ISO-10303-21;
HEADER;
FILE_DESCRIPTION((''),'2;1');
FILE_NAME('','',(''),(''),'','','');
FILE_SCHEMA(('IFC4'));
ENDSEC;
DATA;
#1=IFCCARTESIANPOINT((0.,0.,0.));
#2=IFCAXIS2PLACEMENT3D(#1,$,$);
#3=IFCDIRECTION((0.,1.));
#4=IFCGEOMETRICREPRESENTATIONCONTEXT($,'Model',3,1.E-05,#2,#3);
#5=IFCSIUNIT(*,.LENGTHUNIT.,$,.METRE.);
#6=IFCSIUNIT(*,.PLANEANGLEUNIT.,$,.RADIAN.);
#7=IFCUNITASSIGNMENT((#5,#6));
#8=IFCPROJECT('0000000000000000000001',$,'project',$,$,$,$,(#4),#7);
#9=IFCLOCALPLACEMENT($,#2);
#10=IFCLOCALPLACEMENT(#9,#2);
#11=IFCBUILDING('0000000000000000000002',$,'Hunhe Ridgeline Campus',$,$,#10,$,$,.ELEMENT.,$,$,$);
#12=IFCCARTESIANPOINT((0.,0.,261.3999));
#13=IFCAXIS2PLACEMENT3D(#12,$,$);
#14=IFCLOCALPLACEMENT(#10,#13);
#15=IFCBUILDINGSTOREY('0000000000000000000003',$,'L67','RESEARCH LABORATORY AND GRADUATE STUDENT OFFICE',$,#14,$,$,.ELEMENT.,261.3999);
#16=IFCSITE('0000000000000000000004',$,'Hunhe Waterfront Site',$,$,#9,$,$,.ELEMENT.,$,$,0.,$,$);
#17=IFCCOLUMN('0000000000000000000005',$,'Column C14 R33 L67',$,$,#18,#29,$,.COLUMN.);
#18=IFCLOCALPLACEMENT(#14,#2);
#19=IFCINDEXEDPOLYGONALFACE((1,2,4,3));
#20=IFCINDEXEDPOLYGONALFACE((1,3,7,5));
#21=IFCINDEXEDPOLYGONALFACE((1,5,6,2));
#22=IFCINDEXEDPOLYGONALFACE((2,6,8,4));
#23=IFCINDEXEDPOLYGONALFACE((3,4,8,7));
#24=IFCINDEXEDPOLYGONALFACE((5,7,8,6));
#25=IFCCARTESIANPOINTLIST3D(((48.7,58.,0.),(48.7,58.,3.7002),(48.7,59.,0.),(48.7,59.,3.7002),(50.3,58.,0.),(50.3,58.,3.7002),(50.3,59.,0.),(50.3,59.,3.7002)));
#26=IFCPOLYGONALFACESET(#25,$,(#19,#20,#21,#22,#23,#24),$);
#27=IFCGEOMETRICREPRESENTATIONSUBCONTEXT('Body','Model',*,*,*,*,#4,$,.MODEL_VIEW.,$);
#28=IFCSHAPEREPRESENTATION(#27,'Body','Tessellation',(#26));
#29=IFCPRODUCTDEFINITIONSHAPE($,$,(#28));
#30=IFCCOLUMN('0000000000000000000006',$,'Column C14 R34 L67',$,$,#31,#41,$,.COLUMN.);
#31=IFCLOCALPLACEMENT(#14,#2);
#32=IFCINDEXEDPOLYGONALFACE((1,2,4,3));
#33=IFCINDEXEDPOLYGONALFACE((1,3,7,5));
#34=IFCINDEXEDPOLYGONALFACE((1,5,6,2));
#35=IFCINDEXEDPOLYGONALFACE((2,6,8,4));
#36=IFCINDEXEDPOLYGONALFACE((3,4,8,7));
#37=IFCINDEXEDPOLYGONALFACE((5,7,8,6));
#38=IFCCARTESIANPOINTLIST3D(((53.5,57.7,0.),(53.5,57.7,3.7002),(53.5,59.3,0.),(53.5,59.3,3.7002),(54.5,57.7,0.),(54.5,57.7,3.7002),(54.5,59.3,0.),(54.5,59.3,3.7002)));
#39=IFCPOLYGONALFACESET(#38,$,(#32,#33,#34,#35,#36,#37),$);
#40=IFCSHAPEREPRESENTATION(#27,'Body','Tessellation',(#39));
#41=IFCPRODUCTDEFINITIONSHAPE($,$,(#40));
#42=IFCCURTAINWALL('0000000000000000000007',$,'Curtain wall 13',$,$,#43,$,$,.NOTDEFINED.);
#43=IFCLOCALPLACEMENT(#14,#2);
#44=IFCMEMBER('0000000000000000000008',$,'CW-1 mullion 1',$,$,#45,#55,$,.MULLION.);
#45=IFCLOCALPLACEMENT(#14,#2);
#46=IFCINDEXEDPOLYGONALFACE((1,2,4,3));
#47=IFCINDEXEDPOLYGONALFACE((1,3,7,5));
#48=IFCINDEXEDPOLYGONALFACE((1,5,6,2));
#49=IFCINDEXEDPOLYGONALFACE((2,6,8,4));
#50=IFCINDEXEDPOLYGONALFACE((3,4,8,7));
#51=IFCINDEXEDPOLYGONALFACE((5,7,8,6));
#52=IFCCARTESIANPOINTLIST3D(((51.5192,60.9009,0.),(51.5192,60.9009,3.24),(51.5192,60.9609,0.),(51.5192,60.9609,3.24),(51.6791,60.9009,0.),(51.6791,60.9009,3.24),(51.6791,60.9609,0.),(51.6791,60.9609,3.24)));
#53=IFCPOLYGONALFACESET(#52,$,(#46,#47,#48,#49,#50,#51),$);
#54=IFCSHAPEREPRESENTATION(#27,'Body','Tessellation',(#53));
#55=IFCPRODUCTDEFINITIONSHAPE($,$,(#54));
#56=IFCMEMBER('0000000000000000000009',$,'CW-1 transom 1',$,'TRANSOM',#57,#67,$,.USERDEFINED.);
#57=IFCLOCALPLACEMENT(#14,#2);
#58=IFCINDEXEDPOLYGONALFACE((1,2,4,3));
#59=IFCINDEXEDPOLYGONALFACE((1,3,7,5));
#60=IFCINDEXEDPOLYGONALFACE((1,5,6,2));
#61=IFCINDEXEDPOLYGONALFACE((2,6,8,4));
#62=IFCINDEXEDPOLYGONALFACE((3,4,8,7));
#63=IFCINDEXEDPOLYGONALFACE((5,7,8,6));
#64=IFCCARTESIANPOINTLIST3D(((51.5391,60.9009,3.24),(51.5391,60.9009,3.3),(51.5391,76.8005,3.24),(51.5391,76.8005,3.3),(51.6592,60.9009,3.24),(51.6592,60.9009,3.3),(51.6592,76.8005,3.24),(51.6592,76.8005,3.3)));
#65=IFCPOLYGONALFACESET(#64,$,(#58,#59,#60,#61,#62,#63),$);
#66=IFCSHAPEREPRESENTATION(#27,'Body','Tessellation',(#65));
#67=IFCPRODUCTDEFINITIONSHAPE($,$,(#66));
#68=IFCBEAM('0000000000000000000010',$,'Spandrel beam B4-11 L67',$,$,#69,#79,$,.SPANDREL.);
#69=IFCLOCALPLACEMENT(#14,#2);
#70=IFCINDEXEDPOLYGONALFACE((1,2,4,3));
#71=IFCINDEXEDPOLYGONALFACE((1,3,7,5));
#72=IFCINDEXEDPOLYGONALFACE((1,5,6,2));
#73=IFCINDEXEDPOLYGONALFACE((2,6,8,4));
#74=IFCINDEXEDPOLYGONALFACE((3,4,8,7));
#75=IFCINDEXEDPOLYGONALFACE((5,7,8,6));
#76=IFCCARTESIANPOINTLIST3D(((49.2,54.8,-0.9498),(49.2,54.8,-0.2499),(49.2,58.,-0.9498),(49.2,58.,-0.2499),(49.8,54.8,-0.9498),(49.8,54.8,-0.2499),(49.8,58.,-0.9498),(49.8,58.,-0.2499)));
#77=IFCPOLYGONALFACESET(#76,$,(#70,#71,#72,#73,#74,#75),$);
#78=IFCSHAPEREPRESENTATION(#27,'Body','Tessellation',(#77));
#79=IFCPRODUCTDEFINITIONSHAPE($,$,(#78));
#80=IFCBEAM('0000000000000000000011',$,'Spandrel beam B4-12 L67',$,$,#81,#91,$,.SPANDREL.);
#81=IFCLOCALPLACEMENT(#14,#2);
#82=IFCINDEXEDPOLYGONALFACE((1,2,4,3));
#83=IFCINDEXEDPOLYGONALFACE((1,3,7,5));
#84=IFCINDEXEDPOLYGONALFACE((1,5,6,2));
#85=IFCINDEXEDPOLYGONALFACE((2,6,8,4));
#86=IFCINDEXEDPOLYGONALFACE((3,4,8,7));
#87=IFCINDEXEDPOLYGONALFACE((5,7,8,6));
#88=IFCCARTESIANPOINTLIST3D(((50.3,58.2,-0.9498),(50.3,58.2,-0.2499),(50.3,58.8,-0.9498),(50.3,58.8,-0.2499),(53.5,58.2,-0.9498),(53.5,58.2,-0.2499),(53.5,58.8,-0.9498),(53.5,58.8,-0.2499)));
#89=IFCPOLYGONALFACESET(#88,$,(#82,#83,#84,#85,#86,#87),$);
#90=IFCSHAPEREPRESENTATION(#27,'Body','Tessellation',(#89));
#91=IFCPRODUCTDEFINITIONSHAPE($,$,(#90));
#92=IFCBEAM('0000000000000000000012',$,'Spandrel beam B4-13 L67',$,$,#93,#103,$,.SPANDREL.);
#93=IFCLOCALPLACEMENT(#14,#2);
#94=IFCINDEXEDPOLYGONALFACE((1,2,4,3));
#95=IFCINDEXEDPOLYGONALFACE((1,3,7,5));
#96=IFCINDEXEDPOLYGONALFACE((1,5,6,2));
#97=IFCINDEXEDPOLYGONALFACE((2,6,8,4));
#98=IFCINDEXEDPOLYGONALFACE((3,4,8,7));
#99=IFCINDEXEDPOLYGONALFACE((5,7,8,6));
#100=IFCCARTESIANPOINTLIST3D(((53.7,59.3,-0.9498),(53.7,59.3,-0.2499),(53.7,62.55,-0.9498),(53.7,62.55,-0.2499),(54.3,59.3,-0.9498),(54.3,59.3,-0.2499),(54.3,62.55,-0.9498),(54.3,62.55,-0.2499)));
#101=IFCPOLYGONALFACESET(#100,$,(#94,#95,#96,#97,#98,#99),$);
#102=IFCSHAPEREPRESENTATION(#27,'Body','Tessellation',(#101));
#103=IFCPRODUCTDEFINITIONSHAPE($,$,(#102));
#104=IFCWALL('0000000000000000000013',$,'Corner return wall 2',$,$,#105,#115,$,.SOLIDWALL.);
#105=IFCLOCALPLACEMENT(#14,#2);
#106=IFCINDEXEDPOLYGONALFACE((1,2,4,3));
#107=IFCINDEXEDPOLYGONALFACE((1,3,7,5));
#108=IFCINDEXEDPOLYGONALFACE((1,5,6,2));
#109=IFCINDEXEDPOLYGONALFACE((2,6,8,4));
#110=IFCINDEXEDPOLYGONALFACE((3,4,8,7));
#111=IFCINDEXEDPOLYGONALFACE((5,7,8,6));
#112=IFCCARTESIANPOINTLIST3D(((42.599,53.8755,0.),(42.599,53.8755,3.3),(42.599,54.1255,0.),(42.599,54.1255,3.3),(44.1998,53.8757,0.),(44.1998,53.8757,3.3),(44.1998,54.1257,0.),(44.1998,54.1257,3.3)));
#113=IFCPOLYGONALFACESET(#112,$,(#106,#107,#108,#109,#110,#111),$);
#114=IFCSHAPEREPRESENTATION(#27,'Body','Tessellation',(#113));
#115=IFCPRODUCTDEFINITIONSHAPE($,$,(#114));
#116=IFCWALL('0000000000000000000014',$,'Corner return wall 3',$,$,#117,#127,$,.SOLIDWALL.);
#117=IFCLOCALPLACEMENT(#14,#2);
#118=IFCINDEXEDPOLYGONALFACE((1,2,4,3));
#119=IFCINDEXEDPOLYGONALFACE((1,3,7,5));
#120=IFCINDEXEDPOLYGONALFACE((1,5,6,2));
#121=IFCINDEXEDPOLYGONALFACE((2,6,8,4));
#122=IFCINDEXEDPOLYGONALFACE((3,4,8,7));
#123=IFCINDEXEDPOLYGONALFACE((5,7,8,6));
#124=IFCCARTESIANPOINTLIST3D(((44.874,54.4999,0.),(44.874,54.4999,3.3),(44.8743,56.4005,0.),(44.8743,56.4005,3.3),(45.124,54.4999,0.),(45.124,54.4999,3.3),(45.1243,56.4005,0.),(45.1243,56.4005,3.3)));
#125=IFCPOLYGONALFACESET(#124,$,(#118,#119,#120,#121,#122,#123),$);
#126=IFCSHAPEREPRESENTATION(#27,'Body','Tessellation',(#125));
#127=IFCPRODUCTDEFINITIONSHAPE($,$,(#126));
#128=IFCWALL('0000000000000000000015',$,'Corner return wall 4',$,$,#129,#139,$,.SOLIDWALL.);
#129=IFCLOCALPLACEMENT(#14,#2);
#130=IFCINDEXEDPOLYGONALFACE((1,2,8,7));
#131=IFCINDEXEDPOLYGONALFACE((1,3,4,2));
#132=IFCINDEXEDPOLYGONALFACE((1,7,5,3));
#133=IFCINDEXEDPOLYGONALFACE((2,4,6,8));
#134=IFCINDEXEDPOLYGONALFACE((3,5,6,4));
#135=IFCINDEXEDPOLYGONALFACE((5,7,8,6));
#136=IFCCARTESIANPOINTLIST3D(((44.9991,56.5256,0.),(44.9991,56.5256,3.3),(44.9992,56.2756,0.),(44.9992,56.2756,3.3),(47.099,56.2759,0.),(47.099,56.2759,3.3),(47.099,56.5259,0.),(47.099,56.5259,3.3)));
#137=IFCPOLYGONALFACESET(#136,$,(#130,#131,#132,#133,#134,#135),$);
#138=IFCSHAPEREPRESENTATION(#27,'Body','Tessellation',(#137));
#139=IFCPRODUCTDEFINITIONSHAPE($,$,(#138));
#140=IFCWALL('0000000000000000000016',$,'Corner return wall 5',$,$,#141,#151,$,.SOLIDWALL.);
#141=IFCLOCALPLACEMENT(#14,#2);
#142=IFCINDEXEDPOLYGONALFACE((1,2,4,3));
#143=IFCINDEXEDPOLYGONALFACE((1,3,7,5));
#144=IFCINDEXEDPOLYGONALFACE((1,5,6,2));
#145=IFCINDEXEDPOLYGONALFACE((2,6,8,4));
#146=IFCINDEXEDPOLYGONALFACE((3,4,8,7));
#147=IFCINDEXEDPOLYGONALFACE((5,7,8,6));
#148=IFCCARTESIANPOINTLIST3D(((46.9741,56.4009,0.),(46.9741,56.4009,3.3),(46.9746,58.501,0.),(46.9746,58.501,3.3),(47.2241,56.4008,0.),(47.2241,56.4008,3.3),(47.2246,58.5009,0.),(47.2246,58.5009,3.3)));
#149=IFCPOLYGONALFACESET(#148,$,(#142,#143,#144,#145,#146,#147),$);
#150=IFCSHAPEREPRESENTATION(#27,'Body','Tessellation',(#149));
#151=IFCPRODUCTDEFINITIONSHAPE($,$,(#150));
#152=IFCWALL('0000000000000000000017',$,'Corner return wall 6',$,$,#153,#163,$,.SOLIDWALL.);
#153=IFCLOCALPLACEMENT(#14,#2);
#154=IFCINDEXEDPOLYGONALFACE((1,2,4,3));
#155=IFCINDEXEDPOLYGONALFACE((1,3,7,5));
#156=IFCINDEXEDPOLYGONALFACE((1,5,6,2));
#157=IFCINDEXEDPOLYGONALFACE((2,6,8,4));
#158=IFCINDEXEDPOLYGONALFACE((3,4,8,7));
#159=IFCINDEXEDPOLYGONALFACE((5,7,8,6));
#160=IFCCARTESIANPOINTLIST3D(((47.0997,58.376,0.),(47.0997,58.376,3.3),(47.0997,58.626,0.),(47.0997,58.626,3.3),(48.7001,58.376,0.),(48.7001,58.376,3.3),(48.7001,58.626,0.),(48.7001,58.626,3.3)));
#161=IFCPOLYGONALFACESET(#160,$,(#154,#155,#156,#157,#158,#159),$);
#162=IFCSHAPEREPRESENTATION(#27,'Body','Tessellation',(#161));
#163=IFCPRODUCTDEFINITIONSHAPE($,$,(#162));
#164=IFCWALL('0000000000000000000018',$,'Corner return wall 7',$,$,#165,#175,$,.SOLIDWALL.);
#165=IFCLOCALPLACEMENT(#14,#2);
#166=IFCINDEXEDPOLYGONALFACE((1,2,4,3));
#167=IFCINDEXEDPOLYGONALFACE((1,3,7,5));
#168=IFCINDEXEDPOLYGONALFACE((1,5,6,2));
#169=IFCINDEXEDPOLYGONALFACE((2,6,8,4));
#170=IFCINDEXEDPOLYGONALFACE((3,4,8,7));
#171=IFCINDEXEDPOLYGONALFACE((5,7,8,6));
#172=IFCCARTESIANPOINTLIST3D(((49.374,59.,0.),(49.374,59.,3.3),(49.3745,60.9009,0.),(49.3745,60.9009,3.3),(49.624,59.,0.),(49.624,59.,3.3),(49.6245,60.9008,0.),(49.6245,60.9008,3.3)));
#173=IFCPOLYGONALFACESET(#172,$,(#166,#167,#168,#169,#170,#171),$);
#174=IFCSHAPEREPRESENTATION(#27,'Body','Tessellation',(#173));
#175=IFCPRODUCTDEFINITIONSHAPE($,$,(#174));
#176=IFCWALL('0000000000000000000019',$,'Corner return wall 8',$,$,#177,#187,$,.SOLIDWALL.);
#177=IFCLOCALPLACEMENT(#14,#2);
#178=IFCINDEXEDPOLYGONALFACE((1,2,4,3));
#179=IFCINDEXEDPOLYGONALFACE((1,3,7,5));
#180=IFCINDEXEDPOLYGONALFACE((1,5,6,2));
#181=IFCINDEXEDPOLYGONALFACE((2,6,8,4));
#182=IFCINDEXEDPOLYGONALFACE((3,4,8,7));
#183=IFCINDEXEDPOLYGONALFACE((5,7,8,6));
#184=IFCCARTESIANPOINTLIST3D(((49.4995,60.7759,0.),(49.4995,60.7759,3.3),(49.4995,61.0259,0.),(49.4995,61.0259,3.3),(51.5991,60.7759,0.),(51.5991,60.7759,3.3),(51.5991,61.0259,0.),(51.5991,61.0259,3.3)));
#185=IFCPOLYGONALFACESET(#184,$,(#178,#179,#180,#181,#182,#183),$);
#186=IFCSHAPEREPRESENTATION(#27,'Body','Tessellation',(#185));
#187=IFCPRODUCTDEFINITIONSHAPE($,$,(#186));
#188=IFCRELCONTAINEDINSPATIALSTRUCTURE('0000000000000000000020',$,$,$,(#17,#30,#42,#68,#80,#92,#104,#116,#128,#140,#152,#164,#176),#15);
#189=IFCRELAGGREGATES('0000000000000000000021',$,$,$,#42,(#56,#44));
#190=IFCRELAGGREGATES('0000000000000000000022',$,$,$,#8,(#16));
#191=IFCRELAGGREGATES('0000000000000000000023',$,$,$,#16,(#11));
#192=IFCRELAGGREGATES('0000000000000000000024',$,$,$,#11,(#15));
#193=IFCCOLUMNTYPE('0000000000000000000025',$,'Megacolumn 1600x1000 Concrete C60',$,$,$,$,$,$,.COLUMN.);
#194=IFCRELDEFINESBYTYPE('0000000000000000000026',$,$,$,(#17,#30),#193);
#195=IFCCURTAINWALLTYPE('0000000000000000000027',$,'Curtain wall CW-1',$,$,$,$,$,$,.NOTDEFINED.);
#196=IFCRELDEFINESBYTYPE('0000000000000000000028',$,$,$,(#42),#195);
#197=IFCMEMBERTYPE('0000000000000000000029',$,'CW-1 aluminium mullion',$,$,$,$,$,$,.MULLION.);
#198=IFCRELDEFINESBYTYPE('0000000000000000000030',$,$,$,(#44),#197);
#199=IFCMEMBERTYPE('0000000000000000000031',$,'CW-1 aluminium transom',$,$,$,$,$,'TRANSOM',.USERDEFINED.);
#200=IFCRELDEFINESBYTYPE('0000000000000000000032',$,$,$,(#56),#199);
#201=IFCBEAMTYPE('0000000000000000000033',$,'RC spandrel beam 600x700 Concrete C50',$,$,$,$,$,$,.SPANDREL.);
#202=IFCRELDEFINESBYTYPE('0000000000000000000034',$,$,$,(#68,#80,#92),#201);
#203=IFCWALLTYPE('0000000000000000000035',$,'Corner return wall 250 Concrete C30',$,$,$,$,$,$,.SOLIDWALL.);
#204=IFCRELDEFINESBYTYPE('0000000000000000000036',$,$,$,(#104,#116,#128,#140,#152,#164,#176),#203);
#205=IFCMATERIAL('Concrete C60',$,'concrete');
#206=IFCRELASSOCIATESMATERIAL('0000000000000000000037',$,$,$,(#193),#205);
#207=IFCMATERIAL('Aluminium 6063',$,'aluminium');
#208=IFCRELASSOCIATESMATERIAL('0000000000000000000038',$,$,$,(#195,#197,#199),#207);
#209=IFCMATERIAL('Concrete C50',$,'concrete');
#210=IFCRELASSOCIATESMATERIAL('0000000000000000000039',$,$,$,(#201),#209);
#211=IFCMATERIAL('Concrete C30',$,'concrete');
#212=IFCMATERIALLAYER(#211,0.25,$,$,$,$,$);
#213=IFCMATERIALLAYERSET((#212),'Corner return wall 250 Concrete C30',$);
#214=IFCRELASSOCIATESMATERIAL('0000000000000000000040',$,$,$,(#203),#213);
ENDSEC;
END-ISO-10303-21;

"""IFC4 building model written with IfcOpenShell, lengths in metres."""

from ifc_helpers import new_model, si_unit, direction, frame, frame_2d, origin, origin_2d, place, context, subcontext, project, spatial, rectangle, extrude, material, layer, layer_set, material_profile, profile_set, type_object, element, aggregate, save


model = new_model("IFC4")

# Units and contexts
model_context = context("Model", 3, precision=1e-05, world=origin(), true_north=direction((0.0, 1.0)))
body_context = subcontext(model_context, "Body", "Model", "MODEL_VIEW")
ifc_project = project(units=[si_unit("LENGTHUNIT", "METRE"), si_unit("PLANEANGLEUNIT", "RADIAN")], contexts=[model_context])

# Site, building, storey
site_placement = place(None, origin())
site = spatial("IfcSite", under=ifc_project, at=site_placement, Name="Hunhe Waterfront Site", CompositionType="ELEMENT", RefElevation=0.0)
building_placement = place(site_placement, origin())
building = spatial("IfcBuilding", under=site, at=building_placement, Name="Hunhe Ridgeline Campus", CompositionType="ELEMENT")
storey_placement = place(building_placement, frame((0.0, 0.0, 261.3999)))
storey = spatial("IfcBuildingStorey", under=building, at=storey_placement, Name="L67", Description="RESEARCH LABORATORY AND GRADUATE STUDENT OFFICE", CompositionType="ELEMENT", Elevation=261.3999)

# Columns
ifc_material_1 = material(Name="Concrete C60", Category="concrete")
ifc_material_profile_1 = material_profile(ifc_material_1, rectangle(XDim=1.6001, YDim=1.0, at=origin_2d()))
ifc_profile_set_1 = profile_set([ifc_material_profile_1], Name="Concrete C60")
column_type = type_object("IfcColumnType", Name="Megacolumn 1600x1000 Concrete C60", PredefinedType="COLUMN", material=ifc_profile_set_1)
for number, where, z_axis, x_axis, name in (
    (1, (49.5, 58.5, 0.0), (0.0, 0.0, 1.0), (1.0, 0.0, 0.0), "Column C14 R33 L67"),
    (2, (54.0, 58.5, 0.0), (0.0, 0.0, 1.0), (0.0, 1.0, 0.0), "Column C14 R34 L67"),
):
    element("IfcColumn", number, at=place(storey_placement, frame(where, z_axis=z_axis, x_axis=x_axis)), inside=storey, type_object=column_type, Name=name, PredefinedType="COLUMN", context=body_context, shape_type="SweptSolid", body=[
        extrude(rectangle(XDim=1.6001, YDim=1.0, at=origin_2d()), origin(), (0.0, 0.0, 1.0), 3.7002),
    ])

# Curtain wall, members
ifc_material_2 = material(Name="Aluminium 6063", Category="aluminium")
curtain_wall_type = type_object("IfcCurtainWallType", Name="Curtain wall CW-1", PredefinedType="NOTDEFINED", material=ifc_material_2)
curtain_wall_placement = place(storey_placement, origin())
curtain_wall = element("IfcCurtainWall", 3, at=curtain_wall_placement, inside=storey, type_object=curtain_wall_type, Name="Curtain wall 13", PredefinedType="NOTDEFINED")
ifc_material_profile_2 = material_profile(ifc_material_2, rectangle(XDim=0.1599, YDim=0.0601, at=origin_2d()))
ifc_profile_set_2 = profile_set([ifc_material_profile_2], Name="Aluminium 6063")
member_type_1 = type_object("IfcMemberType", Name="CW-1 aluminium mullion", PredefinedType="MULLION", material=ifc_profile_set_2)
member_1_placement = place(storey_placement, frame((51.5991, 60.9309, 0.0), z_axis=(0.0, 0.0, 1.0), x_axis=(-1.0, 0.0, 0.0)))
member_1 = element("IfcMember", 4, at=member_1_placement, type_object=member_type_1, Name="CW-1 mullion 1", PredefinedType="MULLION", context=body_context, shape_type="SweptSolid", body=[
    extrude(rectangle(XDim=0.1599, YDim=0.0601, at=origin_2d()), origin(), (0.0, 0.0, 1.0), 3.24),
])
ifc_material_profile_3 = material_profile(ifc_material_2, rectangle(XDim=0.1201, YDim=0.0601, at=origin_2d()))
ifc_profile_set_3 = profile_set([ifc_material_profile_3], Name="Aluminium 6063")
member_type_2 = type_object("IfcMemberType", Name="CW-1 aluminium transom", ElementType="TRANSOM", PredefinedType="USERDEFINED", material=ifc_profile_set_3)
member_2_placement = place(storey_placement, frame((51.5991, 60.9009, 3.27), z_axis=(0.0, 1.0, 0.0), x_axis=(-1.0, 0.0, 0.0)))
member_2 = element("IfcMember", 5, at=member_2_placement, type_object=member_type_2, Name="CW-1 transom 1", ObjectType="TRANSOM", PredefinedType="USERDEFINED", context=body_context, shape_type="SweptSolid", body=[
    extrude(rectangle(XDim=0.1201, YDim=0.0601, at=origin_2d()), origin(), (0.0, 0.0, 1.0), 15.8997),
])
aggregate(curtain_wall, [member_2, member_1])

# Beams
ifc_material_3 = material(Name="Concrete C50", Category="concrete")
ifc_material_profile_4 = material_profile(ifc_material_3, rectangle(XDim=0.6001, YDim=0.7, at=origin_2d()))
ifc_profile_set_4 = profile_set([ifc_material_profile_4], Name="Concrete C50")
beam_type = type_object("IfcBeamType", Name="RC spandrel beam 600x700 Concrete C50", PredefinedType="SPANDREL", material=ifc_profile_set_4)
for number, where, z_axis, x_axis, name in (
    (6, (49.5, 54.8, -0.5999), (0.0, 1.0, 0.0), (-1.0, 0.0, 0.0), "Spandrel beam B4-11 L67"),
    (7, (50.3, 58.5, -0.5999), (1.0, 0.0, 0.0), (0.0, 1.0, 0.0), "Spandrel beam B4-12 L67"),
):
    element("IfcBeam", number, at=place(storey_placement, frame(where, z_axis=z_axis, x_axis=x_axis)), inside=storey, type_object=beam_type, Name=name, PredefinedType="SPANDREL", context=body_context, shape_type="SweptSolid", body=[
        extrude(rectangle(XDim=0.6001, YDim=0.7, at=origin_2d()), origin(), (0.0, 0.0, 1.0), 3.2),
    ])
beam_placement = place(storey_placement, frame((54.0, 59.3, -0.5999), z_axis=(0.0, 1.0, 0.0), x_axis=(-1.0, 0.0, 0.0)))
element("IfcBeam", 8, at=beam_placement, inside=storey, type_object=beam_type, Name="Spandrel beam B4-13 L67", PredefinedType="SPANDREL", context=body_context, shape_type="SweptSolid", body=[
    extrude(rectangle(XDim=0.6001, YDim=0.7, at=origin_2d()), origin(), (0.0, 0.0, 1.0), 3.25),
])

# Walls
ifc_material_4 = material(Name="Concrete C30", Category="concrete")
ifc_layer_1 = layer(ifc_material_4, 0.25)
ifc_layer_set_1 = layer_set([ifc_layer_1], Name="Corner return wall 250 Concrete C30")
wall_type_1 = type_object("IfcWallType", Name="Corner return wall 250 Concrete C30", PredefinedType="SOLIDWALL", material=ifc_layer_set_1)
wall_1_placement = place(storey_placement, frame((42.5991, 54.0005, 0.0), z_axis=(0.0, 0.0, 1.0), x_axis=(1.0, 0.000153, 0.0)))
element("IfcWall", 9, at=wall_1_placement, inside=storey, type_object=wall_type_1, Name="Corner return wall 2", PredefinedType="SOLIDWALL", context=body_context, shape_type="SweptSolid", body=[
    extrude(rectangle(XDim=1.6008, YDim=0.25, at=frame_2d((0.8003, 0.0))), origin(), (0.0, 0.0, 1.0), 3.3),
])
wall_2_placement = place(storey_placement, frame((44.999, 54.5, 0.0), z_axis=(0.0, 0.0, 1.0), x_axis=(0.000128, 1.0, 0.0)))
element("IfcWall", 10, at=wall_2_placement, inside=storey, type_object=wall_type_1, Name="Corner return wall 3", PredefinedType="SOLIDWALL", context=body_context, shape_type="SweptSolid", body=[
    extrude(rectangle(XDim=1.9006, YDim=0.25, at=frame_2d((0.9502, 0.0))), origin(), (0.0, 0.0, 1.0), 3.3),
])
wall_3_placement = place(storey_placement, frame((44.9993, 56.4006, 0.0), z_axis=(0.0, 0.0, 1.0), x_axis=(1.0, 0.000116, 0.0)))
element("IfcWall", 11, at=wall_3_placement, inside=storey, type_object=wall_type_1, Name="Corner return wall 4", PredefinedType="SOLIDWALL", context=body_context, shape_type="SweptSolid", body=[
    extrude(rectangle(XDim=2.0999, YDim=0.25, at=frame_2d((1.0498, 0.0))), origin(), (0.0, 0.0, 1.0), 3.3),
])
wall_4_placement = place(storey_placement, frame((47.0991, 56.4009, 0.0), z_axis=(0.0, 0.0, 1.0), x_axis=(0.000233, 1.0, 0.0)))
element("IfcWall", 12, at=wall_4_placement, inside=storey, type_object=wall_type_1, Name="Corner return wall 5", PredefinedType="SOLIDWALL", context=body_context, shape_type="SweptSolid", body=[
    extrude(rectangle(XDim=2.1001, YDim=0.25, at=frame_2d((1.05, 0.0))), origin(), (0.0, 0.0, 1.0), 3.3),
])
wall_5_placement = place(storey_placement, frame((47.0996, 58.501, 0.0), z_axis=(0.0, 0.0, 1.0), x_axis=(1.0, 0.0, 0.0)))
element("IfcWall", 13, at=wall_5_placement, inside=storey, type_object=wall_type_1, Name="Corner return wall 6", PredefinedType="SOLIDWALL", context=body_context, shape_type="SweptSolid", body=[
    extrude(rectangle(XDim=1.6003, YDim=0.25, at=frame_2d((0.8003, 0.0))), origin(), (0.0, 0.0, 1.0), 3.3),
])
wall_6_placement = place(storey_placement, frame((49.499, 59.0, 0.0), z_axis=(0.0, 0.0, 1.0), x_axis=(0.000257, 1.0, 0.0)))
element("IfcWall", 14, at=wall_6_placement, inside=storey, type_object=wall_type_1, Name="Corner return wall 7", PredefinedType="SOLIDWALL", context=body_context, shape_type="SweptSolid", body=[
    extrude(rectangle(XDim=1.9009, YDim=0.25, at=frame_2d((0.9504, 0.0))), origin(), (0.0, 0.0, 1.0), 3.3),
])
wall_7_placement = place(storey_placement, frame((49.4995, 60.9009, 0.0), z_axis=(0.0, 0.0, 1.0), x_axis=(1.0, 0.0, 0.0)))
element("IfcWall", 15, at=wall_7_placement, inside=storey, type_object=wall_type_1, Name="Corner return wall 8", PredefinedType="SOLIDWALL", context=body_context, shape_type="SweptSolid", body=[
    extrude(rectangle(XDim=2.0996, YDim=0.25, at=frame_2d((1.0498, 0.0))), origin(), (0.0, 0.0, 1.0), 3.3),
])

save(model, "model.ifc")
